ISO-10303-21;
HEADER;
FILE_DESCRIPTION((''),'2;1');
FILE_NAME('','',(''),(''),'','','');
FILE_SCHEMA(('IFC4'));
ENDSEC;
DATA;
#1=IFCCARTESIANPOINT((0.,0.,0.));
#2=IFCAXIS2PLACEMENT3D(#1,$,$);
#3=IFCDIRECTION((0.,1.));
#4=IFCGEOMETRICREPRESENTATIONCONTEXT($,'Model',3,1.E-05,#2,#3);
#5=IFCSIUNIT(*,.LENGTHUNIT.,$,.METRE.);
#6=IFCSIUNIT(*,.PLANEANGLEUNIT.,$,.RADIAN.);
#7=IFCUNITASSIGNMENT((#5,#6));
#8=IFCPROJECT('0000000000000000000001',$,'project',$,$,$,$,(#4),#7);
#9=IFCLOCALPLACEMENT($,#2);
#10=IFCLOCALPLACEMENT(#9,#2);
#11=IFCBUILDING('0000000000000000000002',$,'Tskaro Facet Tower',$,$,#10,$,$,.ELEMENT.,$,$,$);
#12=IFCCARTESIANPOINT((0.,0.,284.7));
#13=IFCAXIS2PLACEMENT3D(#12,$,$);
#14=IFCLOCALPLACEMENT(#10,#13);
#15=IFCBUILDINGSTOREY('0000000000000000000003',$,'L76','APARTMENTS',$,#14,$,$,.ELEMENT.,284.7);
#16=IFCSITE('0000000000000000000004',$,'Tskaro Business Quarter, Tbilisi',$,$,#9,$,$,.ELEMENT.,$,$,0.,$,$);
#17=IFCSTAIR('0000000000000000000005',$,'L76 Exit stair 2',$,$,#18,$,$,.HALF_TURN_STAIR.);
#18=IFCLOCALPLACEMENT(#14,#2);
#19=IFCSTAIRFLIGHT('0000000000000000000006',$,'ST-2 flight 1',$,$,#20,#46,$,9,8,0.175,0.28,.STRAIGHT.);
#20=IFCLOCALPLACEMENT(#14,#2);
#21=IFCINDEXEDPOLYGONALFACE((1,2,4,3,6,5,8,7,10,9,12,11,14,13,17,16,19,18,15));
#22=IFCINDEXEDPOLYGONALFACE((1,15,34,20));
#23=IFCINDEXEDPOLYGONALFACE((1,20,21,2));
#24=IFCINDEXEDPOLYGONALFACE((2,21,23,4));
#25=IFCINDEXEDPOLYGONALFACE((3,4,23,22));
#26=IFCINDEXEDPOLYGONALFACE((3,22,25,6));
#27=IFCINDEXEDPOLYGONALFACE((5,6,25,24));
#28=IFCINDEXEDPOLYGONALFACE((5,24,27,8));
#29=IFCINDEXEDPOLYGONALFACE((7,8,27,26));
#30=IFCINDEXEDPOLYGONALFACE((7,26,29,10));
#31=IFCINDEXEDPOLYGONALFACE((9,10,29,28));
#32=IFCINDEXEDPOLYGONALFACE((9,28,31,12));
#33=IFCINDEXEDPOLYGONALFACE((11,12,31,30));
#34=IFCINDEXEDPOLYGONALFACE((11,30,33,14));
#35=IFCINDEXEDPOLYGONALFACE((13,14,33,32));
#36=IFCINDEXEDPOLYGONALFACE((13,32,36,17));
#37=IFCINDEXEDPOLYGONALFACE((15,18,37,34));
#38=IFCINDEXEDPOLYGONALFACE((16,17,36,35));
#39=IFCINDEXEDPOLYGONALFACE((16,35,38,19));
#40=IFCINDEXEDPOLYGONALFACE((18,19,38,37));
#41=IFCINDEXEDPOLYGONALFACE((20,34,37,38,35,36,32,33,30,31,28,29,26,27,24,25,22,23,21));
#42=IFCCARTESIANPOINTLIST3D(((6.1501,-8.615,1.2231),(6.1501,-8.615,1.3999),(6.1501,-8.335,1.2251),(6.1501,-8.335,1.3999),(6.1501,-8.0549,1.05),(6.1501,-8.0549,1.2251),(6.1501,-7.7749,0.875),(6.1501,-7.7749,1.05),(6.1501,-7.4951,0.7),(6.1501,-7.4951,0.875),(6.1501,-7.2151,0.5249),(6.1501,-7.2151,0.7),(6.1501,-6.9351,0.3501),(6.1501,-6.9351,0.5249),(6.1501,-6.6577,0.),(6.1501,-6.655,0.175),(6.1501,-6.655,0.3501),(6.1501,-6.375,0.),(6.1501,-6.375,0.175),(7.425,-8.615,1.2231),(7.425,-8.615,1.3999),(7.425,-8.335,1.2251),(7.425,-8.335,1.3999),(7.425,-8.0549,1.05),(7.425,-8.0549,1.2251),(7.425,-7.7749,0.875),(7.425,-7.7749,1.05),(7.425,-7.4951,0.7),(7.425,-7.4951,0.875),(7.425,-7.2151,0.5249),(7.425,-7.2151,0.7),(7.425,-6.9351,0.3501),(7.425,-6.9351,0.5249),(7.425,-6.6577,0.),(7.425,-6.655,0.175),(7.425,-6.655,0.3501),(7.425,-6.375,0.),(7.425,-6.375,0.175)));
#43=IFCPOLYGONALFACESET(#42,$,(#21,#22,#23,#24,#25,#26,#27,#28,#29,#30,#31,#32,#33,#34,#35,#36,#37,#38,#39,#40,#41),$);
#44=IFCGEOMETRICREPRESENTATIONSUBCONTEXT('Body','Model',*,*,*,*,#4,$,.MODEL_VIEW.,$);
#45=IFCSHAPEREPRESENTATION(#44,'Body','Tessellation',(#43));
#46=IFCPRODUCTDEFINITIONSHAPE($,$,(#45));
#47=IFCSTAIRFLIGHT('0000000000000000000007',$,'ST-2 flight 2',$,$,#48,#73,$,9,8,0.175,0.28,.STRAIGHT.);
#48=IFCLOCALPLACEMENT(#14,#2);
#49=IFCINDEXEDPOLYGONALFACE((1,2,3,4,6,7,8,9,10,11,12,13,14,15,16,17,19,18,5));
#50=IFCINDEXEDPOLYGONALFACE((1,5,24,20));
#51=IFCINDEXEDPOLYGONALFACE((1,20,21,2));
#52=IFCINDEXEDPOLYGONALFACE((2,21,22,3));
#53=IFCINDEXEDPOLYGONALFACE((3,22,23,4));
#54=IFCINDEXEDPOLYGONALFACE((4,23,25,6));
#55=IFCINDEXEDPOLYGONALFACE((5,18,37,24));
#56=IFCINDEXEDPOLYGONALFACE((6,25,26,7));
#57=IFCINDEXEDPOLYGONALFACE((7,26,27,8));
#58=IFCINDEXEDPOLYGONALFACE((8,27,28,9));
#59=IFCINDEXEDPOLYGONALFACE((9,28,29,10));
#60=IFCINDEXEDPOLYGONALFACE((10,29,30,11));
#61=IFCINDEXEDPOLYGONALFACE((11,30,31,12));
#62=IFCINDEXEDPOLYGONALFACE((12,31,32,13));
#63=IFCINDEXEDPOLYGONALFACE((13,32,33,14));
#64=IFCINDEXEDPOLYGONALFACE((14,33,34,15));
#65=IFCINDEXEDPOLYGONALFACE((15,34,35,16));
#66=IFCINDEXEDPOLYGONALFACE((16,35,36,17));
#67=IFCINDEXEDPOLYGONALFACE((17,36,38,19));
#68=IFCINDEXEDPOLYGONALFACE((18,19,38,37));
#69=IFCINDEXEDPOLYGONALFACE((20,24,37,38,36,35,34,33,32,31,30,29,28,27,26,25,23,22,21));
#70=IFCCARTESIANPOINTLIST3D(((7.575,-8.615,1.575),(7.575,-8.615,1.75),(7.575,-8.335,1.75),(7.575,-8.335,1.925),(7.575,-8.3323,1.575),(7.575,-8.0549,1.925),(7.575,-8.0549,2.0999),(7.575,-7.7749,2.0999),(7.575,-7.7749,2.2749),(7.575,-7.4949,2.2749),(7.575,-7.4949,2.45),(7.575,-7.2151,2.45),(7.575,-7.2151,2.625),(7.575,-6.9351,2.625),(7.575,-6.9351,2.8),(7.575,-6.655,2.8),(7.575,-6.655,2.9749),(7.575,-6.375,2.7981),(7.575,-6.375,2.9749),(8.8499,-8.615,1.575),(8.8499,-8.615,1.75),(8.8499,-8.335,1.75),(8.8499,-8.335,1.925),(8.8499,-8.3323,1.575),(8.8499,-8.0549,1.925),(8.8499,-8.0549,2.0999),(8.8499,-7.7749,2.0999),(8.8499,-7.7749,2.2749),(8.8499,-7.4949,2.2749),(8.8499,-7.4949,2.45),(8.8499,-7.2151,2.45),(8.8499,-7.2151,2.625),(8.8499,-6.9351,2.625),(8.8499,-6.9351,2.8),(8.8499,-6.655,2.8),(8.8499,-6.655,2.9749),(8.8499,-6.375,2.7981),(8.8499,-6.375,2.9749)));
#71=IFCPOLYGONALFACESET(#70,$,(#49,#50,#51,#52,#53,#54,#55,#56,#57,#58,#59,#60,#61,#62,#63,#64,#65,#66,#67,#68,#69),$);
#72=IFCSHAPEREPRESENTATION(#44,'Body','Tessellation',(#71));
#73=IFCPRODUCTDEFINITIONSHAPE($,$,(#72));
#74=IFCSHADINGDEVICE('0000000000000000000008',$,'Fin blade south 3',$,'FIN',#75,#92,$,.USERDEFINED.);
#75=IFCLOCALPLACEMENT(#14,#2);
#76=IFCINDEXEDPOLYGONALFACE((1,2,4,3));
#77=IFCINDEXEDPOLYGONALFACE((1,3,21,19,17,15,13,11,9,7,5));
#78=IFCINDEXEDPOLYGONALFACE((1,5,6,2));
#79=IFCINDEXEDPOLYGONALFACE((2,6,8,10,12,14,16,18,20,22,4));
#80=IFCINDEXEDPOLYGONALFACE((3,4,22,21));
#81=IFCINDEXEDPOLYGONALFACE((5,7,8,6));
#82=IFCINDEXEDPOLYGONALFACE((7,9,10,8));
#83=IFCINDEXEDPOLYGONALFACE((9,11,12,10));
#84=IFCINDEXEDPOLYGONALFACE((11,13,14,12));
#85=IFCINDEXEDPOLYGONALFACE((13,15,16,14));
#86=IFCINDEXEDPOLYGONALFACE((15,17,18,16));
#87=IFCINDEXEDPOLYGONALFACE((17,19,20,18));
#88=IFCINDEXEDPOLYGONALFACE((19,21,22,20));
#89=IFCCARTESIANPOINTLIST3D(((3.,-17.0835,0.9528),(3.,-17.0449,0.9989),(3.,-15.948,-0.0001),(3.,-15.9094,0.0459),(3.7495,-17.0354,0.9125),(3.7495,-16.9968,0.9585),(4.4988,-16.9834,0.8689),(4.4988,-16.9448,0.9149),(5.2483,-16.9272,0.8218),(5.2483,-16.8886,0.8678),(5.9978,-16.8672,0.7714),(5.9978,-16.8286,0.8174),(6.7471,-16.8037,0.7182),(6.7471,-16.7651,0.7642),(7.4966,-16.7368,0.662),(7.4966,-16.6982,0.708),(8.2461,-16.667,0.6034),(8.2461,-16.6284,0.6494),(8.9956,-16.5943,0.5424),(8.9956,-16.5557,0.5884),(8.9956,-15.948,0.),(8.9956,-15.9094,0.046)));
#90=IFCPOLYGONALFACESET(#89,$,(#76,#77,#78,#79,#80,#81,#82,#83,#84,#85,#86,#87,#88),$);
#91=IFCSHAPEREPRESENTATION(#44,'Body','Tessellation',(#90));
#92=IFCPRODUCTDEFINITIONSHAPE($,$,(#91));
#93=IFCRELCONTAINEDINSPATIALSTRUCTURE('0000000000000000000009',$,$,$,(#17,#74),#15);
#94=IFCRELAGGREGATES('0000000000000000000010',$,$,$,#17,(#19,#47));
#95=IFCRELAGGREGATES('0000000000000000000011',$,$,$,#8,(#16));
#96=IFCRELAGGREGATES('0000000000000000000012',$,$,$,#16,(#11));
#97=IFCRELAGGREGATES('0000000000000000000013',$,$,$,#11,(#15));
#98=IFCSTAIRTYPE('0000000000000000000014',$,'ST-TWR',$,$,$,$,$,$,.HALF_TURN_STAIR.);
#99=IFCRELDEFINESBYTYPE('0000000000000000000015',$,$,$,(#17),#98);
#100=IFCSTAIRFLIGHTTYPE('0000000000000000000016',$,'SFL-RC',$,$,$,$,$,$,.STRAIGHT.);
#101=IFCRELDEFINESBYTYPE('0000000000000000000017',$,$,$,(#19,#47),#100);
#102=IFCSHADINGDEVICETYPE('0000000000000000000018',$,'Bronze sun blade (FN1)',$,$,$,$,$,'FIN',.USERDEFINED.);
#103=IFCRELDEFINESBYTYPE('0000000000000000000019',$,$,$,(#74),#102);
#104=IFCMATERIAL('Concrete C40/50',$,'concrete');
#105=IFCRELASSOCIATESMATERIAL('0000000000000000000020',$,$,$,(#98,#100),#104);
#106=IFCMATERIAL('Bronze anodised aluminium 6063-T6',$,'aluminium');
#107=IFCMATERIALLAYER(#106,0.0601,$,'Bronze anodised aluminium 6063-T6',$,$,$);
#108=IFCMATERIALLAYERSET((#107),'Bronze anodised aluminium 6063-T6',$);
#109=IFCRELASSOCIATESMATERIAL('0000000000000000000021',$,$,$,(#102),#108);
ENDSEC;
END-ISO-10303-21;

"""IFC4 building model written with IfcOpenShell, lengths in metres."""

from ifc_helpers import new_model, si_unit, direction, frame, origin, place, context, subcontext, project, spatial, polyline, outline, extrude, material, layer, layer_set, type_object, element, aggregate, save


model = new_model("IFC4")

# Units and contexts
model_context = context("Model", 3, precision=1e-05, world=origin(), true_north=direction((0.0, 1.0)))
body_context = subcontext(model_context, "Body", "Model", "MODEL_VIEW")
ifc_project = project(units=[si_unit("LENGTHUNIT", "METRE"), si_unit("PLANEANGLEUNIT", "RADIAN")], contexts=[model_context])

# Site, building, storey
site_placement = place(None, origin())
site = spatial("IfcSite", under=ifc_project, at=site_placement, Name="Tskaro Business Quarter, Tbilisi", CompositionType="ELEMENT", RefElevation=0.0)
building_placement = place(site_placement, origin())
building = spatial("IfcBuilding", under=site, at=building_placement, Name="Tskaro Facet Tower", CompositionType="ELEMENT")
storey_placement = place(building_placement, frame((0.0, 0.0, 284.7)))
storey = spatial("IfcBuildingStorey", under=building, at=storey_placement, Name="L76", Description="APARTMENTS", CompositionType="ELEMENT", Elevation=284.7)

# Shared definitions
ifc_material_1 = material(Name="Bronze anodised aluminium 6063-T6", Category="aluminium")

# Stair, stair flights
ifc_material_2 = material(Name="Concrete C40/50", Category="concrete")
stair_type = type_object("IfcStairType", Name="ST-TWR", PredefinedType="HALF_TURN_STAIR", material=ifc_material_2)
stair_placement = place(storey_placement, origin())
stair = element("IfcStair", 1, at=stair_placement, inside=storey, type_object=stair_type, Name="L76 Exit stair 2", PredefinedType="HALF_TURN_STAIR")
stair_flight_type = type_object("IfcStairFlightType", Name="SFL-RC", PredefinedType="STRAIGHT", material=ifc_material_2)
stair_flight_1_placement = place(storey_placement, frame((6.7876, -6.375, 0.0), z_axis=(0.0, 0.0, 1.0), x_axis=(0.0, -1.0, 0.0)))
stair_flight_1 = element("IfcStairFlight", 2, at=stair_flight_1_placement, type_object=stair_flight_type, Name="ST-2 flight 1", NumberOfRisers=9, NumberOfTreads=8, PredefinedType="STRAIGHT", RiserHeight=0.175, TreadLength=0.28, context=body_context, shape_type="SweptSolid", body=[
    extrude(outline(polyline([(0.0, 0.0), (0.0, 0.175), (0.28, 0.175), (0.28, 0.3501), (0.5601, 0.3501), (0.5601, 0.5249), (0.8401, 0.5249), (0.8401, 0.7), (1.1201, 0.7), (1.1201, 0.875), (1.3999, 0.875), (1.3999, 1.05), (1.6799, 1.05), (1.6799, 1.2251), (1.96, 1.2251), (1.96, 1.3999), (2.24, 1.3999), (2.24, 1.575), (2.24, 1.2231), (0.2827, 0.0), (0.0, 0.0)])), frame((0.0, 0.6375, 0.0), z_axis=(0.0, -1.0, 0.0), x_axis=(1.0, 0.0, 0.0)), (0.0, 0.0, 1.0), 1.2749),
])
stair_flight_2_placement = place(storey_placement, frame((8.2124, -8.615, 1.575), z_axis=(0.0, 0.0, 1.0), x_axis=(0.0, 1.0, 0.0)))
stair_flight_2 = element("IfcStairFlight", 3, at=stair_flight_2_placement, type_object=stair_flight_type, Name="ST-2 flight 2", NumberOfRisers=9, NumberOfTreads=8, PredefinedType="STRAIGHT", RiserHeight=0.175, TreadLength=0.28, context=body_context, shape_type="SweptSolid", body=[
    extrude(outline(polyline([(0.0, 0.0), (0.0, 0.175), (0.28, 0.175), (0.28, 0.3501), (0.5601, 0.3501), (0.5601, 0.5249), (0.8401, 0.5249), (0.8401, 0.7), (1.1201, 0.7), (1.1201, 0.875), (1.3999, 0.875), (1.3999, 1.05), (1.6799, 1.05), (1.6799, 1.2251), (1.96, 1.2251), (1.96, 1.3999), (2.24, 1.3999), (2.24, 1.575), (2.24, 1.2231), (0.2827, 0.0), (0.0, 0.0)])), frame((0.0, 0.6375, 0.0), z_axis=(0.0, -1.0, 0.0), x_axis=(1.0, 0.0, 0.0)), (0.0, 0.0, 1.0), 1.2749),
])
aggregate(stair, [stair_flight_1, stair_flight_2])

# Shading device
ifc_layer_1 = layer(ifc_material_1, 0.0601, Name="Bronze anodised aluminium 6063-T6")
ifc_layer_set_1 = layer_set([ifc_layer_1], Name="Bronze anodised aluminium 6063-T6")
shading_device_type = type_object("IfcShadingDeviceType", Name="Bronze sun blade (FN1)", ElementType="FIN", PredefinedType="USERDEFINED", material=ifc_layer_set_1)
shading_device_placement = place(storey_placement, frame((3.0, -15.9094, 0.0459), z_axis=(-0.000015, 0.64287, 0.765975), x_axis=(1.0, 0.00001, 0.000012)))
element("IfcShadingDevice", 4, at=shading_device_placement, inside=storey, type_object=shading_device_type, Name="Fin blade south 3", ObjectType="FIN", PredefinedType="USERDEFINED", context=body_context, shape_type="SweptSolid", body=[
    extrude(outline(polyline([(0.0, 0.0), (5.9956, 0.0), (5.9956, -0.8437), (5.2461, -0.9387), (4.4966, -1.0299), (3.7471, -1.1172), (2.9978, -1.2), (2.2483, -1.2784), (1.4988, -1.3517), (0.7495, -1.4196), (0.0, -1.4823), (0.0, 0.0)])), origin(), (0.0, 0.0, -1.0), 0.0601),
])

save(model, "model.ifc")
